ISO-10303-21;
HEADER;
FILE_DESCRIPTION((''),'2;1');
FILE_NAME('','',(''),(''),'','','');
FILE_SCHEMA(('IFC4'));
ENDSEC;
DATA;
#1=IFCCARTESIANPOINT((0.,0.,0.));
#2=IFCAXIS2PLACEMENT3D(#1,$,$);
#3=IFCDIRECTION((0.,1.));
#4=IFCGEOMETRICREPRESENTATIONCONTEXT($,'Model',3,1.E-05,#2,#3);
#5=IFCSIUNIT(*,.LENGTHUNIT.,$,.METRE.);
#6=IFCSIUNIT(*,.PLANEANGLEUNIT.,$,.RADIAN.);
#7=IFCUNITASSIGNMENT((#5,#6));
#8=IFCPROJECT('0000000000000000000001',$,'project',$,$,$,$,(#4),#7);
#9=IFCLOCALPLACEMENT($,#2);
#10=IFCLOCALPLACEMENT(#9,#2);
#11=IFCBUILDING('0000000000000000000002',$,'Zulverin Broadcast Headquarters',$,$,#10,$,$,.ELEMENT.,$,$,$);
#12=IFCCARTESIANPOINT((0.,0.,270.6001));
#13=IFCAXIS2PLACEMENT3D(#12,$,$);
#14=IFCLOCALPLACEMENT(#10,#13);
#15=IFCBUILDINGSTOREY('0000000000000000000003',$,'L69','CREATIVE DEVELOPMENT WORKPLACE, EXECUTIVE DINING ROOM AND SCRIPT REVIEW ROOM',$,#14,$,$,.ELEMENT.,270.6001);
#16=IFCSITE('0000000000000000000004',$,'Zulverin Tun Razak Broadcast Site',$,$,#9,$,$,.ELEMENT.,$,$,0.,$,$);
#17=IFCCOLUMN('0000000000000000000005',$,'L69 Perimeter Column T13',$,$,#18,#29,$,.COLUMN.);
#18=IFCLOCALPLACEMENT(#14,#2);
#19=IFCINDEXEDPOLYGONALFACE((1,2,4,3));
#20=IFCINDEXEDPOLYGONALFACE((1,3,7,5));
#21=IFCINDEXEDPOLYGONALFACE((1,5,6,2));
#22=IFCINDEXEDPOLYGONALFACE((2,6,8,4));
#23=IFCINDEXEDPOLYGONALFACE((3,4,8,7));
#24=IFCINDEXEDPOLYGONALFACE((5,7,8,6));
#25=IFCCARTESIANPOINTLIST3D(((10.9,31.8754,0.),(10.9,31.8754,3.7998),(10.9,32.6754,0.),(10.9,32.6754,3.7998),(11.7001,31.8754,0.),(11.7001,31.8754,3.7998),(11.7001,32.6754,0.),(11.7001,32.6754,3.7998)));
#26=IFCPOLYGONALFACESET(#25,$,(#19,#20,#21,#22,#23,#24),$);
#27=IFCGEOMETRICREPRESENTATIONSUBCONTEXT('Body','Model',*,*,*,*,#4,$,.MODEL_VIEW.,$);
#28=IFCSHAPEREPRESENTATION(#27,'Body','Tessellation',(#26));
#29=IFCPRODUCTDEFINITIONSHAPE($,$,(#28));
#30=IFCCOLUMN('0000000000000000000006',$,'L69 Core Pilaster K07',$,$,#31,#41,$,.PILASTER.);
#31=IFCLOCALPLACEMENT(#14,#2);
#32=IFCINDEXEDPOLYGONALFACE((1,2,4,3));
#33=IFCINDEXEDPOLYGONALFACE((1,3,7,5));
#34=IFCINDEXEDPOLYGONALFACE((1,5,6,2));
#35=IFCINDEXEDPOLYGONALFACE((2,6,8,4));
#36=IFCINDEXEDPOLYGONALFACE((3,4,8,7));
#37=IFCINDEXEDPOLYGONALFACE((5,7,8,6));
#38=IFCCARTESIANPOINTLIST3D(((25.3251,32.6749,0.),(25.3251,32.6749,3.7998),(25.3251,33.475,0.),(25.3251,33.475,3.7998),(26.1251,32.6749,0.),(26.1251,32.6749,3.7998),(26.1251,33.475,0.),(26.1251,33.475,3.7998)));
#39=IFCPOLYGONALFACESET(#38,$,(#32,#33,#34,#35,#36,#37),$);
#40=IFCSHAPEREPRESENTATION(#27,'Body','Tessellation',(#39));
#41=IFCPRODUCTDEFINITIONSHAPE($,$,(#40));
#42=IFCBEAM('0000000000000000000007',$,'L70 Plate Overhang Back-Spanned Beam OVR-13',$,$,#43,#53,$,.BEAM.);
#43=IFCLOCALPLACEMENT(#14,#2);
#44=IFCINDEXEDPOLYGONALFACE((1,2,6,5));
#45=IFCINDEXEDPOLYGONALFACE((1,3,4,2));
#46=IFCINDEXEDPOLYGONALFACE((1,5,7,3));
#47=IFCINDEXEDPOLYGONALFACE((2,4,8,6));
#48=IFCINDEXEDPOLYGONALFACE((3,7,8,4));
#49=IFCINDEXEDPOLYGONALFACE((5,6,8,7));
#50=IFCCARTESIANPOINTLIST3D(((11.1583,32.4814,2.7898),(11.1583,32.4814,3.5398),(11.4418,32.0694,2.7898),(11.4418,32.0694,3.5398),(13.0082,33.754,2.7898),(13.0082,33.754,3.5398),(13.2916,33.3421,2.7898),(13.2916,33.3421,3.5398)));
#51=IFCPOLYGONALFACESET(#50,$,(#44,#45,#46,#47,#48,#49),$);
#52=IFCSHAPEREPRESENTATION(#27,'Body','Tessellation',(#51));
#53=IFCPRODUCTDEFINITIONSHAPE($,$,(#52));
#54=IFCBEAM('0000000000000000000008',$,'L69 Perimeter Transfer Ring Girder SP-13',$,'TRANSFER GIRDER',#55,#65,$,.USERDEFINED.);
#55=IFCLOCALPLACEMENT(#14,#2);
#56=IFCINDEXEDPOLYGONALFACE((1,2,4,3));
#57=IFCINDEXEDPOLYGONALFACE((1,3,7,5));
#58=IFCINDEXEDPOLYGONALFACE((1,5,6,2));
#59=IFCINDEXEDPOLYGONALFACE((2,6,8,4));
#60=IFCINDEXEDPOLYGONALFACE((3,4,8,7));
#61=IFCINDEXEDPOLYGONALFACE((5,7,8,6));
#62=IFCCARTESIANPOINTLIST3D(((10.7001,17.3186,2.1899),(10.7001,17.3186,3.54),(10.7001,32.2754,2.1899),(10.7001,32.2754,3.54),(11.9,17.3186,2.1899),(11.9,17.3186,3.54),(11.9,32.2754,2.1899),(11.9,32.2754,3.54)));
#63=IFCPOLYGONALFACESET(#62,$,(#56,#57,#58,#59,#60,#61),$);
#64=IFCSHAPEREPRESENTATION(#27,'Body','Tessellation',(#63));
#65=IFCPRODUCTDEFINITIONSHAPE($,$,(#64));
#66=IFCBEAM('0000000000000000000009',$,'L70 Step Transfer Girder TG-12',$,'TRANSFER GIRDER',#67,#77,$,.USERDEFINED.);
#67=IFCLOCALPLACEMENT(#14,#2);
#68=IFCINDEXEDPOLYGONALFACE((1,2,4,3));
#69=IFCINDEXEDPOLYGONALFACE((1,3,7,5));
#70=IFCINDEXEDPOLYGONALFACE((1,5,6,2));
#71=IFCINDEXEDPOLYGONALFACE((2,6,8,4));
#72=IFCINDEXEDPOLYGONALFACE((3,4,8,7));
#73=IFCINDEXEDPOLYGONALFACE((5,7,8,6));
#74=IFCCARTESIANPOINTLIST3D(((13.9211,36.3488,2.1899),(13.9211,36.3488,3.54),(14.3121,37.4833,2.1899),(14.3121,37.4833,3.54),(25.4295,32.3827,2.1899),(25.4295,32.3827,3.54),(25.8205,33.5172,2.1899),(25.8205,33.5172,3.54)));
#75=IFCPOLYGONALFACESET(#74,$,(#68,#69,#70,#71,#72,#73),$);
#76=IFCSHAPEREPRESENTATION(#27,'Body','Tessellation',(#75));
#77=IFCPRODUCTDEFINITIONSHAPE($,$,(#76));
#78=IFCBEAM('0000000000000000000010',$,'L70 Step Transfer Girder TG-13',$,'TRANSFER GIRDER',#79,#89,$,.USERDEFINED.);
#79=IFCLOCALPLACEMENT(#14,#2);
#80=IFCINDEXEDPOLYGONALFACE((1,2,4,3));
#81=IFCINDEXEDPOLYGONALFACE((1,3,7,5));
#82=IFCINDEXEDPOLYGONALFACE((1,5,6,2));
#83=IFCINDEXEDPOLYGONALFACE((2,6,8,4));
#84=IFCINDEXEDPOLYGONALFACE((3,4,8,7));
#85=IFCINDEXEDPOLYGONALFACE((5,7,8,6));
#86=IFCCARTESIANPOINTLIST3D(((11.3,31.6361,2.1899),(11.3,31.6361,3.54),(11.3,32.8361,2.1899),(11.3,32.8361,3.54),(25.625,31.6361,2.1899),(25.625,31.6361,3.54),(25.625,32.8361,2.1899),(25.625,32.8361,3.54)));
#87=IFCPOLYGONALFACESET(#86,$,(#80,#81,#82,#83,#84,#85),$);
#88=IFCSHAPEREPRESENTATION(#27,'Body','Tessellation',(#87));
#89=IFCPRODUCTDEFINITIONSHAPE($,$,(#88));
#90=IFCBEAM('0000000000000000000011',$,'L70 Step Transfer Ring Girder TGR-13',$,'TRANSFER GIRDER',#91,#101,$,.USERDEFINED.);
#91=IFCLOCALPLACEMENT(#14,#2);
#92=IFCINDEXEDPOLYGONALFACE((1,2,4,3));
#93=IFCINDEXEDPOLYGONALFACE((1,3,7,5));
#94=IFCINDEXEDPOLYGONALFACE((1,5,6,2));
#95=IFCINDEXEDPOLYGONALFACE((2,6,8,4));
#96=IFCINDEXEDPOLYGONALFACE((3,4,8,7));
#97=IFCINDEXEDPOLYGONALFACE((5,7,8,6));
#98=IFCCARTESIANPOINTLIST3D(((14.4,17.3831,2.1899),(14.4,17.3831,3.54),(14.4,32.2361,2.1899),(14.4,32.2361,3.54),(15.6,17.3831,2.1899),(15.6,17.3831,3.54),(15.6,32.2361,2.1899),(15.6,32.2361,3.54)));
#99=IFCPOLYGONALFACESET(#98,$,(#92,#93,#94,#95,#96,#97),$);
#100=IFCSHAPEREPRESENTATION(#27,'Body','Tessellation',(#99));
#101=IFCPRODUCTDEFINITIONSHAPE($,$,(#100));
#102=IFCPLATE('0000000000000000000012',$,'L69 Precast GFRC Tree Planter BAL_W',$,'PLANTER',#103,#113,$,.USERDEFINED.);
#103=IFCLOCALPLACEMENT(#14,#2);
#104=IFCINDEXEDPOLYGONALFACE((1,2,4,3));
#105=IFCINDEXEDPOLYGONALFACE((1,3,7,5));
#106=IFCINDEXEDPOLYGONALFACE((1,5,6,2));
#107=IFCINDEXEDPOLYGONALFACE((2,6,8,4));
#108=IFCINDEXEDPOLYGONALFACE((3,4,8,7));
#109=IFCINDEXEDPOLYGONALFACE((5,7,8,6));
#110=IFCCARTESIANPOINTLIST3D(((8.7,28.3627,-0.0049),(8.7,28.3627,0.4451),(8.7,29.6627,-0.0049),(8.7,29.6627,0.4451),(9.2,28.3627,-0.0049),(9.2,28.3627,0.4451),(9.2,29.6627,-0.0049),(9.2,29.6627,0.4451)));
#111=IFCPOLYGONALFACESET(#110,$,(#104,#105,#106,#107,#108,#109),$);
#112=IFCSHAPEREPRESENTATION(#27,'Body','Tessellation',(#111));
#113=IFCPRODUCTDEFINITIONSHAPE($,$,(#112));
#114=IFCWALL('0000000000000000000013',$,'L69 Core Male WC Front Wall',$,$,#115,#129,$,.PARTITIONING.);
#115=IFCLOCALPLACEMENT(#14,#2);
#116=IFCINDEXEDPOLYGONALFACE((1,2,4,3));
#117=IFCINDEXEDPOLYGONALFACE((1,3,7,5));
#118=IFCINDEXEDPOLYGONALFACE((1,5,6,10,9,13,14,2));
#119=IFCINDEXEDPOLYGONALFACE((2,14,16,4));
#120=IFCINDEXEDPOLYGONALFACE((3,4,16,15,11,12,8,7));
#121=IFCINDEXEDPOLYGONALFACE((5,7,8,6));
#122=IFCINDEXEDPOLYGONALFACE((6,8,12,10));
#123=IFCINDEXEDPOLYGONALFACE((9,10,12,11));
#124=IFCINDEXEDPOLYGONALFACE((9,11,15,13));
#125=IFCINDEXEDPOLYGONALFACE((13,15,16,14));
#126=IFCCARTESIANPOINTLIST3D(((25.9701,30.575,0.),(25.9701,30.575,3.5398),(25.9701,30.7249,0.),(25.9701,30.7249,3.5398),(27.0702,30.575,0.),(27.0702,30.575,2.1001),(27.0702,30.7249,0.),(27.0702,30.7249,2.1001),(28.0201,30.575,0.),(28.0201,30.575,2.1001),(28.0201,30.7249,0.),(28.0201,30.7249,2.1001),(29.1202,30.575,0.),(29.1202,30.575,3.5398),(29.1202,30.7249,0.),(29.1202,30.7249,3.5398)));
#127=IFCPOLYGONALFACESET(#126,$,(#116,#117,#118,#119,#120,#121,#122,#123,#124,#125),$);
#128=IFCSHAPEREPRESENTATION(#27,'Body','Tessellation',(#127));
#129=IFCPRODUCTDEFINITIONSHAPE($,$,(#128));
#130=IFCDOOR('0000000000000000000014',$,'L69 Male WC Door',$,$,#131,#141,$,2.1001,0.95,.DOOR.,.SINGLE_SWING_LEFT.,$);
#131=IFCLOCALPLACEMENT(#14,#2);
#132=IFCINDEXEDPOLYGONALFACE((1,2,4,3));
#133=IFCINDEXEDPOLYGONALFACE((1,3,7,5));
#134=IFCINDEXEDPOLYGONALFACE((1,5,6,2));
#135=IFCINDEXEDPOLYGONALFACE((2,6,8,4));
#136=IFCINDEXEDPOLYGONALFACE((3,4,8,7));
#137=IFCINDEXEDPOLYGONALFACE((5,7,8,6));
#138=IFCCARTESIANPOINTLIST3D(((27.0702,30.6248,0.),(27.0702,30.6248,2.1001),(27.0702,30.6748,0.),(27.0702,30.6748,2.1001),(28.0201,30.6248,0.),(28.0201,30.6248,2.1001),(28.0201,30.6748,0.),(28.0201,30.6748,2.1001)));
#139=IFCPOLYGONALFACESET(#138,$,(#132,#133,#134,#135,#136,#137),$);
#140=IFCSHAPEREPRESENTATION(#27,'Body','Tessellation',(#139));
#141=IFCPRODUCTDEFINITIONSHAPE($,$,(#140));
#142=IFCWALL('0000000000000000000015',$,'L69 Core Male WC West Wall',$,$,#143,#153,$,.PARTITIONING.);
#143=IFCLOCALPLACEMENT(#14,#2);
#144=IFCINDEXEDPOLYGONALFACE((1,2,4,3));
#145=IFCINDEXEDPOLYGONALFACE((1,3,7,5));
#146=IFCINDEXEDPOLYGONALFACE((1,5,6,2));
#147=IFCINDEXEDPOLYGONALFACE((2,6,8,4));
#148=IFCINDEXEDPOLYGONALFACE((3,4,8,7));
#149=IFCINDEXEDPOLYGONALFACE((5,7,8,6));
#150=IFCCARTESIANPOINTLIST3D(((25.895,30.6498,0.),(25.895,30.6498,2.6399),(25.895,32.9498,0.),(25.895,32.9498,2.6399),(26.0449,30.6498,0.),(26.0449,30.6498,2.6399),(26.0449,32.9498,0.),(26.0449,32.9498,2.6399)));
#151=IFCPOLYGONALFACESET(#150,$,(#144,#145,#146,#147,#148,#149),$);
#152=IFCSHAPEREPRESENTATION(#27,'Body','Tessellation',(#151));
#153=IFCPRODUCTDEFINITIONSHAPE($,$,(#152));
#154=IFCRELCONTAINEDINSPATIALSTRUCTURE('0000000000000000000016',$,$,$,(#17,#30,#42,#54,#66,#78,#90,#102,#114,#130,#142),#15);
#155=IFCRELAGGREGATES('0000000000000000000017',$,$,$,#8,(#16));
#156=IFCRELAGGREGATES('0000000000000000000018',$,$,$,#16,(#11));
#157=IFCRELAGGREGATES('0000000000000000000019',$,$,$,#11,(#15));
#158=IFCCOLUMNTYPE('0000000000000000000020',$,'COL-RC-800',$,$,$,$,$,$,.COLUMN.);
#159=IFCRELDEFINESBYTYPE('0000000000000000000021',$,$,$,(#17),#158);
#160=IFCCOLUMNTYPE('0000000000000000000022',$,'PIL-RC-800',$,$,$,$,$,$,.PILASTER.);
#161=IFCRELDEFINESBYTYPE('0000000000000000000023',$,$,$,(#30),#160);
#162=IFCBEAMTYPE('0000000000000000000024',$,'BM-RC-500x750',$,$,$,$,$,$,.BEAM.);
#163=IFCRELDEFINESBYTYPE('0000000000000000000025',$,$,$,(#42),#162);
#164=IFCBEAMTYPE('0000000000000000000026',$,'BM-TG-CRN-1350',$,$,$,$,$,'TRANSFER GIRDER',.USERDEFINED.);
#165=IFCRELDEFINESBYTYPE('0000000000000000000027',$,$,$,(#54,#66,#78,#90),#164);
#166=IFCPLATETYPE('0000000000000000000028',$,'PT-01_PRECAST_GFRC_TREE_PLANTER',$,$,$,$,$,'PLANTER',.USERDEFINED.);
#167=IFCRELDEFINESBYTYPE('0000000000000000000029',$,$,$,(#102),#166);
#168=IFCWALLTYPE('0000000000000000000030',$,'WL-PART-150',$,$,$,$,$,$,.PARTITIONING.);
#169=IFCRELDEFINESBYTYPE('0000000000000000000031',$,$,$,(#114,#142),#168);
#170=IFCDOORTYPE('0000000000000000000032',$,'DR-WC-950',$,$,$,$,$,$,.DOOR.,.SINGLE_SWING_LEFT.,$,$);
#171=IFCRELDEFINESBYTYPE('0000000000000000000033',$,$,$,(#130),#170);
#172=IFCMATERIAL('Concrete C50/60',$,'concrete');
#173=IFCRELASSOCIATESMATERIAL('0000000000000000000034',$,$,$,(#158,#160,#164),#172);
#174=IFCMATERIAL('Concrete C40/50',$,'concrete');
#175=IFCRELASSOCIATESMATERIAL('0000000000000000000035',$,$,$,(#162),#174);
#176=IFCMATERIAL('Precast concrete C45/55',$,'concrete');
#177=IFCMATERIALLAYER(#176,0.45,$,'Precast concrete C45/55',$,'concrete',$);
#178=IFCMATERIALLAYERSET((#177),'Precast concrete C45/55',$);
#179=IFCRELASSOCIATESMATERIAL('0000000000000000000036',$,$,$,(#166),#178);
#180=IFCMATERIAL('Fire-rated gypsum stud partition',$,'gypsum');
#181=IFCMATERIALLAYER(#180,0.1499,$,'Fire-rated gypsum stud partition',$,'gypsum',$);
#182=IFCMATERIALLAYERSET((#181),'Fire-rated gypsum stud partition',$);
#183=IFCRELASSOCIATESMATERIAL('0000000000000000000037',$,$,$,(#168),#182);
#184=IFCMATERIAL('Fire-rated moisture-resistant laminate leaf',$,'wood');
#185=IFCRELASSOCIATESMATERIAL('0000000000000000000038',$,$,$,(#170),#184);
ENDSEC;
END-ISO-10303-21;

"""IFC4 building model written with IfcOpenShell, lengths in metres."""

from ifc_helpers import new_model, si_unit, direction, frame, frame_2d, origin, origin_2d, place, context, subcontext, project, spatial, rectangle, extrude, material, layer, layer_set, material_profile, profile_set, type_object, element, fill, save


model = new_model("IFC4")

# Units and contexts
model_context = context("Model", 3, precision=1e-05, world=origin(), true_north=direction((0.0, 1.0)))
body_context = subcontext(model_context, "Body", "Model", "MODEL_VIEW")
ifc_project = project(units=[si_unit("LENGTHUNIT", "METRE"), si_unit("PLANEANGLEUNIT", "RADIAN")], contexts=[model_context])

# Site, building, storey
site_placement = place(None, origin())
site = spatial("IfcSite", under=ifc_project, at=site_placement, Name="Zulverin Tun Razak Broadcast Site", CompositionType="ELEMENT", RefElevation=0.0)
building_placement = place(site_placement, origin())
building = spatial("IfcBuilding", under=site, at=building_placement, Name="Zulverin Broadcast Headquarters", CompositionType="ELEMENT")
storey_placement = place(building_placement, frame((0.0, 0.0, 270.6001)))
storey = spatial("IfcBuildingStorey", under=building, at=storey_placement, Name="L69", Description="CREATIVE DEVELOPMENT WORKPLACE, EXECUTIVE DINING ROOM AND SCRIPT REVIEW ROOM", CompositionType="ELEMENT", Elevation=270.6001)

# Columns
ifc_material_1 = material(Name="Concrete C50/60", Category="concrete")
ifc_material_profile_1 = material_profile(ifc_material_1, rectangle(XDim=0.8, YDim=0.8, at=origin_2d()), Name="Concrete C50/60", Category="concrete")
ifc_profile_set_1 = profile_set([ifc_material_profile_1], Name="Concrete C50/60")
column_type_1 = type_object("IfcColumnType", Name="COL-RC-800", PredefinedType="COLUMN", material=ifc_profile_set_1)
column_1_placement = place(storey_placement, frame((11.3, 32.2754, 0.0), z_axis=(0.0, 0.0, 1.0), x_axis=(1.0, 0.0, 0.0)))
element("IfcColumn", 1, at=column_1_placement, inside=storey, type_object=column_type_1, Name="L69 Perimeter Column T13", PredefinedType="COLUMN", context=body_context, shape_type="SweptSolid", body=[
    extrude(rectangle(XDim=0.8, YDim=0.8, at=origin_2d()), origin(), (0.0, 0.0, 1.0), 3.7998),
])
ifc_material_profile_2 = material_profile(ifc_material_1, rectangle(XDim=0.8, YDim=0.8, at=origin_2d()), Name="Concrete C50/60", Category="concrete")
ifc_profile_set_2 = profile_set([ifc_material_profile_2], Name="Concrete C50/60")
column_type_2 = type_object("IfcColumnType", Name="PIL-RC-800", PredefinedType="PILASTER", material=ifc_profile_set_2)
column_2_placement = place(storey_placement, frame((25.7251, 33.075, 0.0), z_axis=(0.0, 0.0, 1.0), x_axis=(1.0, 0.0, 0.0)))
element("IfcColumn", 2, at=column_2_placement, inside=storey, type_object=column_type_2, Name="L69 Core Pilaster K07", PredefinedType="PILASTER", context=body_context, shape_type="SweptSolid", body=[
    extrude(rectangle(XDim=0.8, YDim=0.8, at=origin_2d()), origin(), (0.0, 0.0, 1.0), 3.7998),
])

# Beams
ifc_material_2 = material(Name="Concrete C40/50", Category="concrete")
ifc_material_profile_3 = material_profile(ifc_material_2, rectangle(XDim=0.5, YDim=0.75, at=origin_2d()), Name="Concrete C40/50", Category="concrete")
ifc_profile_set_3 = profile_set([ifc_material_profile_3], Name="Concrete C40/50")
beam_type_1 = type_object("IfcBeamType", Name="BM-RC-500x750", PredefinedType="BEAM", material=ifc_profile_set_3)
beam_1_placement = place(storey_placement, frame((11.3, 32.2754, 3.1648), z_axis=(0.823848, 0.56681, 0.0), x_axis=(-0.56681, 0.823848, 0.0)))
element("IfcBeam", 3, at=beam_1_placement, inside=storey, type_object=beam_type_1, Name="L70 Plate Overhang Back-Spanned Beam OVR-13", PredefinedType="BEAM", context=body_context, shape_type="SweptSolid", body=[
    extrude(rectangle(XDim=0.5, YDim=0.75, at=origin_2d()), origin(), (0.0, 0.0, 1.0), 2.2454),
])
ifc_material_profile_4 = material_profile(ifc_material_1, rectangle(XDim=1.2, YDim=1.3501, at=origin_2d()), Name="Concrete C50/60", Category="concrete")
ifc_profile_set_4 = profile_set([ifc_material_profile_4], Name="Concrete C50/60")
beam_type_2 = type_object("IfcBeamType", Name="BM-TG-CRN-1350", ElementType="TRANSFER GIRDER", PredefinedType="USERDEFINED", material=ifc_profile_set_4)
beam_2_placement = place(storey_placement, frame((11.3, 32.2754, 2.865), z_axis=(0.0, -1.0, 0.0), x_axis=(1.0, 0.0, 0.0)))
element("IfcBeam", 4, at=beam_2_placement, inside=storey, type_object=beam_type_2, Name="L69 Perimeter Transfer Ring Girder SP-13", ObjectType="TRANSFER GIRDER", PredefinedType="USERDEFINED", context=body_context, shape_type="SweptSolid", body=[
    extrude(rectangle(XDim=1.2, YDim=1.3501, at=origin_2d()), origin(), (0.0, 0.0, 1.0), 14.9568),
])
beam_3_placement = place(storey_placement, frame((25.625, 32.95, 2.865), z_axis=(-0.945432, 0.325821, 0.0), x_axis=(-0.325821, -0.945432, 0.0)))
element("IfcBeam", 5, at=beam_3_placement, inside=storey, type_object=beam_type_2, Name="L70 Step Transfer Girder TG-12", ObjectType="TRANSFER GIRDER", PredefinedType="USERDEFINED", context=body_context, shape_type="SweptSolid", body=[
    extrude(rectangle(XDim=1.2, YDim=1.3501, at=origin_2d()), origin(), (0.0, 0.0, 1.0), 12.1726),
])
beam_4_placement = place(storey_placement, frame((25.625, 32.2361, 2.865), z_axis=(-1.0, 0.0, 0.0), x_axis=(0.0, -1.0, 0.0)))
element("IfcBeam", 6, at=beam_4_placement, inside=storey, type_object=beam_type_2, Name="L70 Step Transfer Girder TG-13", ObjectType="TRANSFER GIRDER", PredefinedType="USERDEFINED", context=body_context, shape_type="SweptSolid", body=[
    extrude(rectangle(XDim=1.2, YDim=1.3501, at=origin_2d()), origin(), (0.0, 0.0, 1.0), 14.325),
])
beam_5_placement = place(storey_placement, frame((15.0, 32.2361, 2.865), z_axis=(0.0, -1.0, 0.0), x_axis=(1.0, 0.0, 0.0)))
element("IfcBeam", 7, at=beam_5_placement, inside=storey, type_object=beam_type_2, Name="L70 Step Transfer Ring Girder TGR-13", ObjectType="TRANSFER GIRDER", PredefinedType="USERDEFINED", context=body_context, shape_type="SweptSolid", body=[
    extrude(rectangle(XDim=1.2, YDim=1.3501, at=origin_2d()), origin(), (0.0, 0.0, 1.0), 14.853),
])

# Plate
ifc_material_3 = material(Name="Precast concrete C45/55", Category="concrete")
ifc_layer_1 = layer(ifc_material_3, 0.45, Name="Precast concrete C45/55", Category="concrete")
ifc_layer_set_1 = layer_set([ifc_layer_1], Name="Precast concrete C45/55")
plate_type = type_object("IfcPlateType", Name="PT-01_PRECAST_GFRC_TREE_PLANTER", ElementType="PLANTER", PredefinedType="USERDEFINED", material=ifc_layer_set_1)
plate_placement = place(storey_placement, frame((8.95, 29.0127, -0.0049), z_axis=(0.0, 0.0, 1.0), x_axis=(0.0, 1.0, 0.0)))
element("IfcPlate", 8, at=plate_placement, inside=storey, type_object=plate_type, Name="L69 Precast GFRC Tree Planter BAL_W", ObjectType="PLANTER", PredefinedType="USERDEFINED", context=body_context, shape_type="SweptSolid", body=[
    extrude(rectangle(XDim=1.3, YDim=0.5, at=origin_2d()), origin(), (0.0, 0.0, 1.0), 0.45),
])

# Wall, opening, door
ifc_material_4 = material(Name="Fire-rated gypsum stud partition", Category="gypsum")
ifc_layer_2 = layer(ifc_material_4, 0.1499, Name="Fire-rated gypsum stud partition", Category="gypsum")
ifc_layer_set_2 = layer_set([ifc_layer_2], Name="Fire-rated gypsum stud partition")
wall_type = type_object("IfcWallType", Name="WL-PART-150", PredefinedType="PARTITIONING", material=ifc_layer_set_2)
wall_1_placement = place(storey_placement, frame((25.97, 30.6499, 0.0), z_axis=(0.0, 0.0, 1.0), x_axis=(1.0, 0.0, 0.0)))
wall_1 = element("IfcWall", 9, at=wall_1_placement, inside=storey, type_object=wall_type, Name="L69 Core Male WC Front Wall", PredefinedType="PARTITIONING", context=body_context, shape_type="SweptSolid", body=[
    extrude(rectangle(XDim=3.1501, YDim=0.1499, at=frame_2d((1.5752, 0.0))), origin(), (0.0, 0.0, 1.0), 3.5398),
])
opening_1_placement = place(wall_1_placement, frame((1.1001, 0.0, 0.0)))
opening_1 = element("IfcOpeningElement", 10, at=opening_1_placement, cuts=wall_1, PredefinedType="OPENING", context=body_context, shape_type="SweptSolid", body=[
    extrude(rectangle(XDim=0.95, YDim=2.1001, at=frame_2d((0.4751, 1.05))), frame((0.0, 0.085, 0.0), z_axis=(0.0, -1.0, 0.0), x_axis=(1.0, 0.0, 0.0)), (0.0, 0.0, 1.0), 0.1699),
])
ifc_material_5 = material(Name="Fire-rated moisture-resistant laminate leaf", Category="wood")
door_type_1 = type_object("IfcDoorType", Name="DR-WC-950", OperationType="SINGLE_SWING_LEFT", PredefinedType="DOOR", material=ifc_material_5)
door_1_placement = place(opening_1_placement, origin())
door_1 = element("IfcDoor", 11, at=door_1_placement, inside=storey, type_object=door_type_1, Name="L69 Male WC Door", OperationType="SINGLE_SWING_LEFT", OverallHeight=2.1001, OverallWidth=0.95, PredefinedType="DOOR", context=body_context, shape_type="SweptSolid", body=[
    extrude(rectangle(XDim=0.95, YDim=2.1001, at=frame_2d((0.4751, 1.05))), frame((0.0, 0.0249, 0.0), z_axis=(0.0, -1.0, 0.0), x_axis=(1.0, 0.0, 0.0)), (0.0, 0.0, 1.0), 0.05),
])
fill(opening_1, door_1)

# Wall
wall_2_placement = place(storey_placement, frame((25.97, 30.6499, 0.0), z_axis=(0.0, 0.0, 1.0), x_axis=(0.0, 1.0, 0.0)))
element("IfcWall", 12, at=wall_2_placement, inside=storey, type_object=wall_type, Name="L69 Core Male WC West Wall", PredefinedType="PARTITIONING", context=body_context, shape_type="SweptSolid", body=[
    extrude(rectangle(XDim=2.3, YDim=0.1499, at=frame_2d((1.1499, 0.0))), origin(), (0.0, 0.0, 1.0), 2.6399),
])

save(model, "model.ifc")
